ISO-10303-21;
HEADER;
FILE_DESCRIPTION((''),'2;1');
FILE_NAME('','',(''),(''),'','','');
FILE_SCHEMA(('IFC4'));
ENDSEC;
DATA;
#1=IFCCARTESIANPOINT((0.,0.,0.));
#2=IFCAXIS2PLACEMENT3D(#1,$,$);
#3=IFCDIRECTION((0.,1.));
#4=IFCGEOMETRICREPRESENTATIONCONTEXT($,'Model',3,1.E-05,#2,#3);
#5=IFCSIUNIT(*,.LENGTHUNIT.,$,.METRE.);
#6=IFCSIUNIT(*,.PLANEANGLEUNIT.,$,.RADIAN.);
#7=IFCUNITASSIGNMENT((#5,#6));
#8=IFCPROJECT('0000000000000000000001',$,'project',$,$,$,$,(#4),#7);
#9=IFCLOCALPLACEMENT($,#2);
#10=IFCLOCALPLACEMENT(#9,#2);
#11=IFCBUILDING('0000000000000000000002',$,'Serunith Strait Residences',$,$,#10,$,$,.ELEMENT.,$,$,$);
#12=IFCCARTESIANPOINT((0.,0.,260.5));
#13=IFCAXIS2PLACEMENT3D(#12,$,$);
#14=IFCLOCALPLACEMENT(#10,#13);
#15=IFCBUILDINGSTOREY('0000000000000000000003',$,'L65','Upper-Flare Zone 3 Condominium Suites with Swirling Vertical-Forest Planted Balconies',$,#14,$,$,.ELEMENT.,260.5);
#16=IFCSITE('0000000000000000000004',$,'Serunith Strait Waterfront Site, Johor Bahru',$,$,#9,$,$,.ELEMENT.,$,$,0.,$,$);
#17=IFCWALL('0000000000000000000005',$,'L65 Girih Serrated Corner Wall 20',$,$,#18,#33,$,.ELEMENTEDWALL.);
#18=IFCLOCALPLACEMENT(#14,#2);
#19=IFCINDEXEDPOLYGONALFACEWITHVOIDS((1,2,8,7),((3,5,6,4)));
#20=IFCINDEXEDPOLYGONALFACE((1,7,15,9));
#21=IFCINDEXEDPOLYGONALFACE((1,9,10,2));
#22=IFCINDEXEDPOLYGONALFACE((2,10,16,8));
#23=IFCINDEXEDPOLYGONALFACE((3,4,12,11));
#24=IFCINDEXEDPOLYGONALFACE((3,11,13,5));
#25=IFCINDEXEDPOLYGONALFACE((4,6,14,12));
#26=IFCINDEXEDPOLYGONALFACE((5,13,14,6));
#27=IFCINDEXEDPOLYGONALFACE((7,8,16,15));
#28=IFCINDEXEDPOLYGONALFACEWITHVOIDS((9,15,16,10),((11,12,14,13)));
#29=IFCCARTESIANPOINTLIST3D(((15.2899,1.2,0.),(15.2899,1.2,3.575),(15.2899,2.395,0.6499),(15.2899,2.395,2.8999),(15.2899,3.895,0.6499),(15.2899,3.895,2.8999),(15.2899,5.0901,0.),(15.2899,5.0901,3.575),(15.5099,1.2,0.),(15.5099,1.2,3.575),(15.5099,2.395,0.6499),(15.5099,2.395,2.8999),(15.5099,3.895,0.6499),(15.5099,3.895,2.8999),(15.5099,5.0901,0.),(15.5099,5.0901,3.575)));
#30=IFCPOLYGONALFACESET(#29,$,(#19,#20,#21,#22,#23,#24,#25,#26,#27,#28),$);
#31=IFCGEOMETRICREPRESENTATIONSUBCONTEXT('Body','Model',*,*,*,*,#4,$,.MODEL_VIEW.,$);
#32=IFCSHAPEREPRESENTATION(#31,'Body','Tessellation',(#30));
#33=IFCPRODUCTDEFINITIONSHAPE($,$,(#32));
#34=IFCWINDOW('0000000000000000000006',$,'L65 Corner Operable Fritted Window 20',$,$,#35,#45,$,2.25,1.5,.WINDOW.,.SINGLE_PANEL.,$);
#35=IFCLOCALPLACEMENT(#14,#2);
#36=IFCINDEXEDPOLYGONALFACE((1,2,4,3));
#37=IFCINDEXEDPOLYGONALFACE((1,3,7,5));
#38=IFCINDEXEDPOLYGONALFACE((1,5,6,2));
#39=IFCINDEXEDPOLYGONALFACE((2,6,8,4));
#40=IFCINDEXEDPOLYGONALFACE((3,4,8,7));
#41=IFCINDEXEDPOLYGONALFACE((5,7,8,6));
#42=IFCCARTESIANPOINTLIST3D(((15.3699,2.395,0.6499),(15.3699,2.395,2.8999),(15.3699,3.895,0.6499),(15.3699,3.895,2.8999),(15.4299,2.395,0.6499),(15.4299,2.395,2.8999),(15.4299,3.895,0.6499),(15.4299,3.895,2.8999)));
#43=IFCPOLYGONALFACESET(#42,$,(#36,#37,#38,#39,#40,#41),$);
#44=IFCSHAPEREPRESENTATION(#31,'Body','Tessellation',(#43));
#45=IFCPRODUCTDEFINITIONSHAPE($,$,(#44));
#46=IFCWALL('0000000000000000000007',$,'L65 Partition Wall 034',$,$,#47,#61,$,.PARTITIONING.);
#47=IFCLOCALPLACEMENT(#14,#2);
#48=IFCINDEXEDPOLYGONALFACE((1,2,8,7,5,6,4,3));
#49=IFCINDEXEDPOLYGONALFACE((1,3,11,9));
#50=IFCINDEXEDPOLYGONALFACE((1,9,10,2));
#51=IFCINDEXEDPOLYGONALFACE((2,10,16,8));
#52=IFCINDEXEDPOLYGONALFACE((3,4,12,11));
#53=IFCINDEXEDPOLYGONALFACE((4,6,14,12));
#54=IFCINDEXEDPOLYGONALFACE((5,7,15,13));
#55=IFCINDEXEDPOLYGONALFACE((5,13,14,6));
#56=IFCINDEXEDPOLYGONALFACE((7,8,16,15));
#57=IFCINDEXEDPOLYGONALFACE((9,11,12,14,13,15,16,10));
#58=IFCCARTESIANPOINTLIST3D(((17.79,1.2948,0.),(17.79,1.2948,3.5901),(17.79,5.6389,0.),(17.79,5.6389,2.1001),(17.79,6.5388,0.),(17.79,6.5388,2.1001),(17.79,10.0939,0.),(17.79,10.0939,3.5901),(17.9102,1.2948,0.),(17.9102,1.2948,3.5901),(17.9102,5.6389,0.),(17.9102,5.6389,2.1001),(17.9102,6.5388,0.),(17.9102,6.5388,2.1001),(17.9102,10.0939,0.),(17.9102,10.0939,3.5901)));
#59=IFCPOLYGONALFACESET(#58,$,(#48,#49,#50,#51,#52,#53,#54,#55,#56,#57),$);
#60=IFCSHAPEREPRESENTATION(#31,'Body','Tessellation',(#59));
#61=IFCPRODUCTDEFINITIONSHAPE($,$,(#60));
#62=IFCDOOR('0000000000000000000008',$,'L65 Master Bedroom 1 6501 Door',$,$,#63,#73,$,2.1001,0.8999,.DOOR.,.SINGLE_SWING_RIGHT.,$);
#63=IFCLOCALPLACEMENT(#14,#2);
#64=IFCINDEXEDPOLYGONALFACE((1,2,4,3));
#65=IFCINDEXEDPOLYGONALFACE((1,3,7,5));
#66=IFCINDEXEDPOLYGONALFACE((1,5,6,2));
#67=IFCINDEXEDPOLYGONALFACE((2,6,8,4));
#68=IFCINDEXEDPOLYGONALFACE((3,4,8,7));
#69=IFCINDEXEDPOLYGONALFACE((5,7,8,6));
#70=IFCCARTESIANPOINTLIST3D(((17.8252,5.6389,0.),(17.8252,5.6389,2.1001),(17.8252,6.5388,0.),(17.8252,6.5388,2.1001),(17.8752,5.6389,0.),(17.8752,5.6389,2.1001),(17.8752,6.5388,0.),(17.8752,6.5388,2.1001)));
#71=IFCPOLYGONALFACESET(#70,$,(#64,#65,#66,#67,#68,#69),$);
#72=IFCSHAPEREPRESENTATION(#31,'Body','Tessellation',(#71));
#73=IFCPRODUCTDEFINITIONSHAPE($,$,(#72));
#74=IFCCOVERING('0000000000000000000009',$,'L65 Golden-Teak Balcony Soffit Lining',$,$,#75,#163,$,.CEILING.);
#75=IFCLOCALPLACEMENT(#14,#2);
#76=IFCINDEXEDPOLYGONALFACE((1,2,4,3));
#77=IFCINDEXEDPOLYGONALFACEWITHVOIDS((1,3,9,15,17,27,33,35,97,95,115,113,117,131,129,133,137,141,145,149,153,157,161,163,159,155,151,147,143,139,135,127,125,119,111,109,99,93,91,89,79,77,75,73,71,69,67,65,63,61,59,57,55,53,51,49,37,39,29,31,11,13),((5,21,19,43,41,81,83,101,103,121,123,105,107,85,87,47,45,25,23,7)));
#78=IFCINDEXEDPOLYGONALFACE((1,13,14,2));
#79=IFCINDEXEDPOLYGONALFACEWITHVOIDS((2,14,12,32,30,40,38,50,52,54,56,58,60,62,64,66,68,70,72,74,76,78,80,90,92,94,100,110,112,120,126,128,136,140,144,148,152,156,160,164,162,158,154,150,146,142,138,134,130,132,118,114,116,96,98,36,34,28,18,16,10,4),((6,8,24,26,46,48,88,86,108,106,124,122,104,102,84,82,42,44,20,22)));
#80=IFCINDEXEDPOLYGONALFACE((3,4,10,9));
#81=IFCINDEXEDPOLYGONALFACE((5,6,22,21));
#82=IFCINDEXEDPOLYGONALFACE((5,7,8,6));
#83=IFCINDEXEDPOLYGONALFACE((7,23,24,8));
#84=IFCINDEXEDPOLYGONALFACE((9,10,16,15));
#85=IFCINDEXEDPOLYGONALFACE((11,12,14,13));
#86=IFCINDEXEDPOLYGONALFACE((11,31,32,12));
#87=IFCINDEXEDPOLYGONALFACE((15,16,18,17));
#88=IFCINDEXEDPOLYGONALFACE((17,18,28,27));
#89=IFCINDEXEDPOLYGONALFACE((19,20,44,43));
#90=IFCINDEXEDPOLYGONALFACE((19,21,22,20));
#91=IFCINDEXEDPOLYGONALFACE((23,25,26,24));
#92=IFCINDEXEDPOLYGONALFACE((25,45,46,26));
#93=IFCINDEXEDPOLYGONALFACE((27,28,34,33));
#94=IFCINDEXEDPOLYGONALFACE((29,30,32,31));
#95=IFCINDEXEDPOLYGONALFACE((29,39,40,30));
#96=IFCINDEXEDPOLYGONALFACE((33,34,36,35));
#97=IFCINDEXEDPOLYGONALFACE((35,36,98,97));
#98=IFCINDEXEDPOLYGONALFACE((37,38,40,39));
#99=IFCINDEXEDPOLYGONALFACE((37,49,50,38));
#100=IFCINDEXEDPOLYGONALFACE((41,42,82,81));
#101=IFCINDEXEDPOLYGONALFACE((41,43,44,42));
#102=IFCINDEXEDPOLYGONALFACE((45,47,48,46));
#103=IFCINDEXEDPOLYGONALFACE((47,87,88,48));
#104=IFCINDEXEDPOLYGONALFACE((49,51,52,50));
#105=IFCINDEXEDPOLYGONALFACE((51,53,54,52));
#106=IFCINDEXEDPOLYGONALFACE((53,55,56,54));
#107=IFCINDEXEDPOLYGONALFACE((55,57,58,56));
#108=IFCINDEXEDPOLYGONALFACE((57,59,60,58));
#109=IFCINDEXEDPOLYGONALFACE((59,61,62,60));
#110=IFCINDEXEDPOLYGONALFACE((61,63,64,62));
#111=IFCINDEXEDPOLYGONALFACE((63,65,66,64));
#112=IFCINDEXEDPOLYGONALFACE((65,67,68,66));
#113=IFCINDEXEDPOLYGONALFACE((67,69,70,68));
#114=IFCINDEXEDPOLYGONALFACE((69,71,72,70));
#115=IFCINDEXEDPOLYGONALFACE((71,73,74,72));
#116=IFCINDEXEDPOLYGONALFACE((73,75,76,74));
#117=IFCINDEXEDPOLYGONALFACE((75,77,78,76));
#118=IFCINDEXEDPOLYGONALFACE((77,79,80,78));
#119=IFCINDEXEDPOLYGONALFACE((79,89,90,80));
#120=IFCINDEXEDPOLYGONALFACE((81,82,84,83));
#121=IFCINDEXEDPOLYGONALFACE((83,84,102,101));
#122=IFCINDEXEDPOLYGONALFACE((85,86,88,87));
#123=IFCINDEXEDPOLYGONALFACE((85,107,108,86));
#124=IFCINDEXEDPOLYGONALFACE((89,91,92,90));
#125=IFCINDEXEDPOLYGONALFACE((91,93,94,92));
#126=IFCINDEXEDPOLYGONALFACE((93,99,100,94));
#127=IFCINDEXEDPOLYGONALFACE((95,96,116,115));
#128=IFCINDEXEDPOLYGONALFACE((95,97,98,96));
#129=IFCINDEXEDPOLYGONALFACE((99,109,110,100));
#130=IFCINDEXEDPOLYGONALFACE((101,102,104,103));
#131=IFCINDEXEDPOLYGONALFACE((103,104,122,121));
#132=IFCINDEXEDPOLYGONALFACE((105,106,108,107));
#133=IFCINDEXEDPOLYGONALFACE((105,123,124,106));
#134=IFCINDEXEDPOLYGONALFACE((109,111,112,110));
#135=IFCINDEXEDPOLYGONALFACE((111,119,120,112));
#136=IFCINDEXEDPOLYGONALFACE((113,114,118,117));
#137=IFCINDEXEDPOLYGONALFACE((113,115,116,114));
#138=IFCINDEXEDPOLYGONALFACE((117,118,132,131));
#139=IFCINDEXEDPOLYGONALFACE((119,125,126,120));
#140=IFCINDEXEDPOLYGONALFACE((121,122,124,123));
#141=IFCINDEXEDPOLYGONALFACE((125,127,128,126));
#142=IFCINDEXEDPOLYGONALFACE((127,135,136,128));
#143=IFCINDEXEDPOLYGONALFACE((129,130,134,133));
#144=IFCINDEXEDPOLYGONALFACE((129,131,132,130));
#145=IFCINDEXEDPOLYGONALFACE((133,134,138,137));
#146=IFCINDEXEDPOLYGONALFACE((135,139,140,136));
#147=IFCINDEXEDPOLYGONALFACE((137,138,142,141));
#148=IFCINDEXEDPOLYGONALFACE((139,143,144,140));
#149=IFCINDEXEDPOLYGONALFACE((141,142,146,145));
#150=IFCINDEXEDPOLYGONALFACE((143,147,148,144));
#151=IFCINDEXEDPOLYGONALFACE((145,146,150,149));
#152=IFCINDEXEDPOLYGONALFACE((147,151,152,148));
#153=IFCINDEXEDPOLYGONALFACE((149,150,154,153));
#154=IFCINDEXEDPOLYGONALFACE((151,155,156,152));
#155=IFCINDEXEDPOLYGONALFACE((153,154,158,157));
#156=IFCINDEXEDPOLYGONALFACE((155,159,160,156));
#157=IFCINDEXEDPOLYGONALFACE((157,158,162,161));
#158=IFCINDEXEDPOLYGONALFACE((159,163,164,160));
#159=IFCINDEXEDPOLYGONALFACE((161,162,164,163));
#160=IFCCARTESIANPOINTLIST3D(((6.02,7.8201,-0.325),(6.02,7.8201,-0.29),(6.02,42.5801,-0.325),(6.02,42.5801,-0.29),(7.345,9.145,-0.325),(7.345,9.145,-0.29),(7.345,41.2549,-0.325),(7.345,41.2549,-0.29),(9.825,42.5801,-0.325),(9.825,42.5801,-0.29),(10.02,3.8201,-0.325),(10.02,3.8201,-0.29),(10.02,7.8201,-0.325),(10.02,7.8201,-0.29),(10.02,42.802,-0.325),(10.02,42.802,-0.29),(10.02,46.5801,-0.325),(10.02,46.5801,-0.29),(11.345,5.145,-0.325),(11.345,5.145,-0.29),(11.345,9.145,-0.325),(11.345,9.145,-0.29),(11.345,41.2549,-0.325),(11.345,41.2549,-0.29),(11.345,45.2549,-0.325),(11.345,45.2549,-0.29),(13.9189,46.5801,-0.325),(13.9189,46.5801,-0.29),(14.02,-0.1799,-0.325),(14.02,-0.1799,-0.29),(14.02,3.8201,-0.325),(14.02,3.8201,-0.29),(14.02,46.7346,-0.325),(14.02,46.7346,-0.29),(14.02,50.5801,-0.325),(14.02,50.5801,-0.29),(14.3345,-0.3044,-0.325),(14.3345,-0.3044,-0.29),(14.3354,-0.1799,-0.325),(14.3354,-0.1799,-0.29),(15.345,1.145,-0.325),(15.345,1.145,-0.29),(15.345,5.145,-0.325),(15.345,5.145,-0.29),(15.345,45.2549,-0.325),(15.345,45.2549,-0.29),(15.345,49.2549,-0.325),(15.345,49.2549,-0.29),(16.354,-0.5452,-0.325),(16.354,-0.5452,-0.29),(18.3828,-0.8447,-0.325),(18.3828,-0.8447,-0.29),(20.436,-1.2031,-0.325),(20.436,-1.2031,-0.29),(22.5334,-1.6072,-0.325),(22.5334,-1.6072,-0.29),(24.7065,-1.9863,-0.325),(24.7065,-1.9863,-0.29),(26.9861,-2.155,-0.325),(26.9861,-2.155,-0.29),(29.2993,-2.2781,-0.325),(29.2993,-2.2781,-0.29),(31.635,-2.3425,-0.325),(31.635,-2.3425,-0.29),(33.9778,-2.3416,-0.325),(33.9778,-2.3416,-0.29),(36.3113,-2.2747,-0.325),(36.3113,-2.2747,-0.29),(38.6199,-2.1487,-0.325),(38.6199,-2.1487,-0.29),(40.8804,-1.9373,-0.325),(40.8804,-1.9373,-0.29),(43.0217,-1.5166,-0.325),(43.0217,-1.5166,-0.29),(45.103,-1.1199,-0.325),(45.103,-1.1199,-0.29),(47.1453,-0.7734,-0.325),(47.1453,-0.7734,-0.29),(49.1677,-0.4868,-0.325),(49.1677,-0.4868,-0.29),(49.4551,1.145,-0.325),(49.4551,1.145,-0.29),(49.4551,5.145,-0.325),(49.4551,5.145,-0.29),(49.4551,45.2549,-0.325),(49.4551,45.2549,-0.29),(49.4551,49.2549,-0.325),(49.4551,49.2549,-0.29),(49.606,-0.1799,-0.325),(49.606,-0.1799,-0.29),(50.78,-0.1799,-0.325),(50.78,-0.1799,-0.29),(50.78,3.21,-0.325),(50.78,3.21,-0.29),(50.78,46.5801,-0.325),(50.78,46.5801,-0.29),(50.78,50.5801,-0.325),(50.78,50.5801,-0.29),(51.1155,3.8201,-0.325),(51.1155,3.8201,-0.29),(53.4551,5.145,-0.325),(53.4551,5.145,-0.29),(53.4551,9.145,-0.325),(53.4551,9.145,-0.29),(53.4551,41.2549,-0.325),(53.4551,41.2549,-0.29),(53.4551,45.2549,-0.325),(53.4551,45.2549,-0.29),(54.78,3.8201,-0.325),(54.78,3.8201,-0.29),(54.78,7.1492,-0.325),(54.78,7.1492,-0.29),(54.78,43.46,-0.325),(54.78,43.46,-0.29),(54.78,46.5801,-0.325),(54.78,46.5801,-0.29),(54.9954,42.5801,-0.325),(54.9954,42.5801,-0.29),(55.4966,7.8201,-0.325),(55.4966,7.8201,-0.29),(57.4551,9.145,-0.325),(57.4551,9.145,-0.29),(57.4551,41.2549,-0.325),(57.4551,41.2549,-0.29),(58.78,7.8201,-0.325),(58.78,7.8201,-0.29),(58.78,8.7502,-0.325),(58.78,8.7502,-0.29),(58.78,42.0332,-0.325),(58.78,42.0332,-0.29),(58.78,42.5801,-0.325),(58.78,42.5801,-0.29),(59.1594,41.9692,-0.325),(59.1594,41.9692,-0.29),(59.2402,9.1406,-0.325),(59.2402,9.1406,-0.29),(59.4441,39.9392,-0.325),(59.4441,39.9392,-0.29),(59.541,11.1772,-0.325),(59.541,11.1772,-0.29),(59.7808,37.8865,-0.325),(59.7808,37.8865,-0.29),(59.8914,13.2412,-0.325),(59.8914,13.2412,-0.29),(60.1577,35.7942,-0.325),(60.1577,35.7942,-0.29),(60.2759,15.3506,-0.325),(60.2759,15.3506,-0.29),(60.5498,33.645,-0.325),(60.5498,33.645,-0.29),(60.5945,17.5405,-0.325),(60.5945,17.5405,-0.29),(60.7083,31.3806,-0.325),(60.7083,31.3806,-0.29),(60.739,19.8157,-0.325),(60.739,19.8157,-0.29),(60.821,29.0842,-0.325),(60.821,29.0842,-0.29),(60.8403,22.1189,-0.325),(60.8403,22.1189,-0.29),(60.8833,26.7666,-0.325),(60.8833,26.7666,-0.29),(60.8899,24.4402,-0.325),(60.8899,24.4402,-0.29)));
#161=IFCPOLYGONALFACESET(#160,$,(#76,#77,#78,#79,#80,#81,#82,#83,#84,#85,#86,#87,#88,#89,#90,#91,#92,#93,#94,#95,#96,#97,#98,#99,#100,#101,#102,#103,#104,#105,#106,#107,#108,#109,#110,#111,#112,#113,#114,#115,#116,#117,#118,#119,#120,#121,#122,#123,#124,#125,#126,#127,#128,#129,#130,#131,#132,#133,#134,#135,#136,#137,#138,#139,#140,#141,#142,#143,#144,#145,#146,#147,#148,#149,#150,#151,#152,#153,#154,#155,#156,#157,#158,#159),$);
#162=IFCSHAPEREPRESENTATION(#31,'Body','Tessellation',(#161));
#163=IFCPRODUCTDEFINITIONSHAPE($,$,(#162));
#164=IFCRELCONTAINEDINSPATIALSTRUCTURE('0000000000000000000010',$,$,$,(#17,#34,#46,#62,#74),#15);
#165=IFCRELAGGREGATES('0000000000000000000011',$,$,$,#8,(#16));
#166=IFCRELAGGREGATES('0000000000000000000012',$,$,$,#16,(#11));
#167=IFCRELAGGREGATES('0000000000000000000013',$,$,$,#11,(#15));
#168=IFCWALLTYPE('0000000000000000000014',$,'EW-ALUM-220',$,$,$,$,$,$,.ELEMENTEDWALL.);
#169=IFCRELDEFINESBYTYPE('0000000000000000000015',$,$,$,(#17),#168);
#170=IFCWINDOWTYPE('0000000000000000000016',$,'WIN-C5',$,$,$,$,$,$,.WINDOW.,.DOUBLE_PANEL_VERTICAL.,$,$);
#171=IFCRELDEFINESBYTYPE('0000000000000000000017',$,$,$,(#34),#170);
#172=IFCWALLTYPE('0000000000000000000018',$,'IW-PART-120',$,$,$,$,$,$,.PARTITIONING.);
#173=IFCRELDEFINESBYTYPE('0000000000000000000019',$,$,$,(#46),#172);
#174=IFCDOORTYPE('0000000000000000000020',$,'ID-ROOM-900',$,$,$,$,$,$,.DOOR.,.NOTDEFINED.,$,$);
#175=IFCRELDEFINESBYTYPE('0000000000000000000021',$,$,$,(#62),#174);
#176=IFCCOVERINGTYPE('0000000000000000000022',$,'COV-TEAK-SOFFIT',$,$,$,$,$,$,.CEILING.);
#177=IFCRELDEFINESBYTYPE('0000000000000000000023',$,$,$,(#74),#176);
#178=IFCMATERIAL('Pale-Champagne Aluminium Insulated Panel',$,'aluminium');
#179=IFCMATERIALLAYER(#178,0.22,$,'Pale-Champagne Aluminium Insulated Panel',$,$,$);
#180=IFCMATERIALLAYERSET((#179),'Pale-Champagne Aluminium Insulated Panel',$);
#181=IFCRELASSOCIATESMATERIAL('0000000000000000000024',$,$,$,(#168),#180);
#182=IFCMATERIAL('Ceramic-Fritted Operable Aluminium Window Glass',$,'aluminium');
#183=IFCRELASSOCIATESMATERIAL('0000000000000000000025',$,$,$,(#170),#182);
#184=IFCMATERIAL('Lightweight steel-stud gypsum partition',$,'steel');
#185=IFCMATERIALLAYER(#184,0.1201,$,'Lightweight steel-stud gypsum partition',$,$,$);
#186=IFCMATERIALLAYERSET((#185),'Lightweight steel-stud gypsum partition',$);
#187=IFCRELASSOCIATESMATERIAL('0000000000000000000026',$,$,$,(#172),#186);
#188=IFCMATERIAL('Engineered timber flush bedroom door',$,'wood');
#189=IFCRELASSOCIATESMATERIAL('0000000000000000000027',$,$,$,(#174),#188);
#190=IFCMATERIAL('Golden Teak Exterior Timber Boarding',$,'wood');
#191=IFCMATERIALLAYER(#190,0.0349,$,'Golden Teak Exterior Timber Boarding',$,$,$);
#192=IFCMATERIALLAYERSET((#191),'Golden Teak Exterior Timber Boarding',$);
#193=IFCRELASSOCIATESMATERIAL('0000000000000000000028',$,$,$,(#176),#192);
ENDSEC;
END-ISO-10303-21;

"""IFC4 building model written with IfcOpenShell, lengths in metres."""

from ifc_helpers import new_model, si_unit, direction, frame, frame_2d, origin, place, context, subcontext, project, spatial, polyline, rectangle, outline, extrude, source, transform, mapped, material, layer, layer_set, type_object, element, fill, save


model = new_model("IFC4")

# Units and contexts
model_context = context("Model", 3, precision=1e-05, world=origin(), true_north=direction((0.0, 1.0)))
body_context = subcontext(model_context, "Body", "Model", "MODEL_VIEW")
ifc_project = project(units=[si_unit("LENGTHUNIT", "METRE"), si_unit("PLANEANGLEUNIT", "RADIAN")], contexts=[model_context])

# Site, building, storey
site_placement = place(None, origin())
site = spatial("IfcSite", under=ifc_project, at=site_placement, Name="Serunith Strait Waterfront Site, Johor Bahru", CompositionType="ELEMENT", RefElevation=0.0)
building_placement = place(site_placement, origin())
building = spatial("IfcBuilding", under=site, at=building_placement, Name="Serunith Strait Residences", CompositionType="ELEMENT")
storey_placement = place(building_placement, frame((0.0, 0.0, 260.5)))
storey = spatial("IfcBuildingStorey", under=building, at=storey_placement, Name="L65", Description="Upper-Flare Zone 3 Condominium Suites with Swirling Vertical-Forest Planted Balconies", CompositionType="ELEMENT", Elevation=260.5)

# Wall, opening, window
ifc_material_1 = material(Name="Pale-Champagne Aluminium Insulated Panel", Category="aluminium")
ifc_layer_1 = layer(ifc_material_1, 0.22, Name="Pale-Champagne Aluminium Insulated Panel")
ifc_layer_set_1 = layer_set([ifc_layer_1], Name="Pale-Champagne Aluminium Insulated Panel")
wall_type_1 = type_object("IfcWallType", Name="EW-ALUM-220", PredefinedType="ELEMENTEDWALL", material=ifc_layer_set_1)
ifc_material_2 = material(Name="Ceramic-Fritted Operable Aluminium Window Glass", Category="aluminium")
window_type = type_object("IfcWindowType", Name="WIN-C5", PartitioningType="DOUBLE_PANEL_VERTICAL", PredefinedType="WINDOW", material=ifc_material_2)
shared_shape_1 = source(origin(), body_context, "Body", "SweptSolid", [
    extrude(rectangle(XDim=1.5, YDim=2.25, at=frame_2d((0.75, 1.125))), frame((0.0, 0.03, 0.0), z_axis=(0.0, -1.0, 0.0), x_axis=(1.0, 0.0, 0.0)), (0.0, 0.0, 1.0), 0.0601),
])
wall_1_placement = place(storey_placement, frame((15.3999, 5.0901, 0.0), z_axis=(0.0, 0.0, 1.0), x_axis=(0.0, -1.0, 0.0)))
wall_1 = element("IfcWall", 1, at=wall_1_placement, inside=storey, type_object=wall_type_1, Name="L65 Girih Serrated Corner Wall 20", PredefinedType="ELEMENTEDWALL", context=body_context, shape_type="SweptSolid", body=[
    extrude(rectangle(XDim=3.8901, YDim=0.22, at=frame_2d((1.9451, 0.0))), origin(), (0.0, 0.0, 1.0), 3.575),
])
opening_1_placement = place(wall_1_placement, frame((1.1951, 0.0, 0.6499)))
opening_1 = element("IfcOpeningElement", 2, at=opening_1_placement, cuts=wall_1, PredefinedType="OPENING", context=body_context, shape_type="SweptSolid", body=[
    extrude(rectangle(XDim=1.5, YDim=2.25, at=frame_2d((0.75, 1.125))), frame((0.0, 0.1201, 0.0), z_axis=(0.0, -1.0, 0.0), x_axis=(1.0, 0.0, 0.0)), (0.0, 0.0, 1.0), 0.24),
])
window_1_placement = place(opening_1_placement, origin())
window_1 = element("IfcWindow", 3, at=window_1_placement, inside=storey, type_object=window_type, Name="L65 Corner Operable Fritted Window 20", OverallHeight=2.25, OverallWidth=1.5, PartitioningType="SINGLE_PANEL", PredefinedType="WINDOW", context=body_context, shape_type="MappedRepresentation", body=[
    mapped(shared_shape_1, transform((0.0, 0.0, 0.0), scale=1.0)),
])
fill(opening_1, window_1)

# Wall, opening, door
ifc_material_3 = material(Name="Lightweight steel-stud gypsum partition", Category="steel")
ifc_layer_2 = layer(ifc_material_3, 0.1201, Name="Lightweight steel-stud gypsum partition")
ifc_layer_set_2 = layer_set([ifc_layer_2], Name="Lightweight steel-stud gypsum partition")
wall_type_2 = type_object("IfcWallType", Name="IW-PART-120", PredefinedType="PARTITIONING", material=ifc_layer_set_2)
wall_2_placement = place(storey_placement, frame((17.8501, 1.2949, 0.0), z_axis=(0.0, 0.0, 1.0), x_axis=(0.0, 1.0, 0.0)))
wall_2 = element("IfcWall", 4, at=wall_2_placement, inside=storey, type_object=wall_type_2, Name="L65 Partition Wall 034", PredefinedType="PARTITIONING", context=body_context, shape_type="SweptSolid", body=[
    extrude(rectangle(XDim=8.7991, YDim=0.1201, at=frame_2d((4.3994, 0.0))), origin(), (0.0, 0.0, 1.0), 3.5901),
])
opening_2_placement = place(wall_2_placement, frame((4.344, 0.0, 0.0)))
opening_2 = element("IfcOpeningElement", 5, at=opening_2_placement, cuts=wall_2, PredefinedType="OPENING", context=body_context, shape_type="SweptSolid", body=[
    extrude(rectangle(XDim=0.8999, YDim=2.1001, at=frame_2d((0.45, 1.05))), frame((0.0, 0.0701, 0.0), z_axis=(0.0, -1.0, 0.0), x_axis=(1.0, 0.0, 0.0)), (0.0, 0.0, 1.0), 0.1401),
])
ifc_material_4 = material(Name="Engineered timber flush bedroom door", Category="wood")
door_type = type_object("IfcDoorType", Name="ID-ROOM-900", OperationType="NOTDEFINED", PredefinedType="DOOR", material=ifc_material_4)
shared_shape_2 = source(origin(), body_context, "Body", "SweptSolid", [
    extrude(rectangle(XDim=0.8999, YDim=2.1001, at=frame_2d((0.45, 1.05))), frame((0.0, 0.0249, 0.0), z_axis=(0.0, -1.0, 0.0), x_axis=(1.0, 0.0, 0.0)), (0.0, 0.0, 1.0), 0.05),
])
door_placement = place(opening_2_placement, origin())
door = element("IfcDoor", 6, at=door_placement, inside=storey, type_object=door_type, Name="L65 Master Bedroom 1 6501 Door", OperationType="SINGLE_SWING_RIGHT", OverallHeight=2.1001, OverallWidth=0.8999, PredefinedType="DOOR", context=body_context, shape_type="MappedRepresentation", body=[
    mapped(shared_shape_2, transform((0.0, 0.0, 0.0), scale=1.0)),
])
fill(opening_2, door)

# Covering
ifc_material_5 = material(Name="Golden Teak Exterior Timber Boarding", Category="wood")
ifc_layer_3 = layer(ifc_material_5, 0.0349, Name="Golden Teak Exterior Timber Boarding")
ifc_layer_set_3 = layer_set([ifc_layer_3], Name="Golden Teak Exterior Timber Boarding")
covering_type_1 = type_object("IfcCoveringType", Name="COV-TEAK-SOFFIT", PredefinedType="CEILING", material=ifc_layer_set_3)
covering_placement = place(storey_placement, frame((0.0, 0.0, -0.325)))
element("IfcCovering", 7, at=covering_placement, inside=storey, type_object=covering_type_1, Name="L65 Golden-Teak Balcony Soffit Lining", PredefinedType="CEILING", context=body_context, shape_type="SweptSolid", body=[
    extrude(outline(polyline([(14.02, -0.1799), (14.02, 3.8201), (10.02, 3.8201), (10.02, 7.8201), (6.02, 7.8201), (6.02, 42.5801), (9.825, 42.5801), (10.02, 42.802), (10.02, 46.5801), (13.9189, 46.5801), (14.02, 46.7346), (14.02, 50.5801), (50.78, 50.5801), (50.78, 46.5801), (54.78, 46.5801), (54.78, 43.46), (54.9954, 42.5801), (58.78, 42.5801), (58.78, 42.0332), (59.1594, 41.9692), (59.4441, 39.9392), (59.7808, 37.8865), (60.1577, 35.7942), (60.5498, 33.645), (60.7083, 31.3806), (60.821, 29.0842), (60.8833, 26.7666), (60.8899, 24.4402), (60.8403, 22.1189), (60.739, 19.8157), (60.5945, 17.5405), (60.2759, 15.3506), (59.8914, 13.2412), (59.541, 11.1772), (59.2402, 9.1406), (58.78, 8.7502), (58.78, 7.8201), (55.4966, 7.8201), (54.78, 7.1492), (54.78, 3.8201), (51.1155, 3.8201), (50.78, 3.21), (50.78, -0.1799), (49.606, -0.1799), (49.1677, -0.4868), (47.1453, -0.7734), (45.103, -1.1199), (43.0217, -1.5166), (40.8804, -1.9373), (38.6199, -2.1487), (36.3113, -2.2747), (33.9778, -2.3416), (31.635, -2.3425), (29.2993, -2.2781), (26.9861, -2.155), (24.7065, -1.9863), (22.5334, -1.6072), (20.436, -1.2031), (18.3828, -0.8447), (16.354, -0.5452), (14.3345, -0.3044), (14.3354, -0.1799), (14.02, -0.1799)]), holes=[polyline([(49.4551, 1.145), (49.4551, 5.145), (53.4551, 5.145), (53.4551, 9.145), (57.4551, 9.145), (57.4551, 41.2549), (53.4551, 41.2549), (53.4551, 45.2549), (49.4551, 45.2549), (49.4551, 49.2549), (15.345, 49.2549), (15.345, 45.2549), (11.345, 45.2549), (11.345, 41.2549), (7.345, 41.2549), (7.345, 9.145), (11.345, 9.145), (11.345, 5.145), (15.345, 5.145), (15.345, 1.145), (49.4551, 1.145)])]), origin(), (0.0, 0.0, 1.0), 0.0349),
])

save(model, "model.ifc")
